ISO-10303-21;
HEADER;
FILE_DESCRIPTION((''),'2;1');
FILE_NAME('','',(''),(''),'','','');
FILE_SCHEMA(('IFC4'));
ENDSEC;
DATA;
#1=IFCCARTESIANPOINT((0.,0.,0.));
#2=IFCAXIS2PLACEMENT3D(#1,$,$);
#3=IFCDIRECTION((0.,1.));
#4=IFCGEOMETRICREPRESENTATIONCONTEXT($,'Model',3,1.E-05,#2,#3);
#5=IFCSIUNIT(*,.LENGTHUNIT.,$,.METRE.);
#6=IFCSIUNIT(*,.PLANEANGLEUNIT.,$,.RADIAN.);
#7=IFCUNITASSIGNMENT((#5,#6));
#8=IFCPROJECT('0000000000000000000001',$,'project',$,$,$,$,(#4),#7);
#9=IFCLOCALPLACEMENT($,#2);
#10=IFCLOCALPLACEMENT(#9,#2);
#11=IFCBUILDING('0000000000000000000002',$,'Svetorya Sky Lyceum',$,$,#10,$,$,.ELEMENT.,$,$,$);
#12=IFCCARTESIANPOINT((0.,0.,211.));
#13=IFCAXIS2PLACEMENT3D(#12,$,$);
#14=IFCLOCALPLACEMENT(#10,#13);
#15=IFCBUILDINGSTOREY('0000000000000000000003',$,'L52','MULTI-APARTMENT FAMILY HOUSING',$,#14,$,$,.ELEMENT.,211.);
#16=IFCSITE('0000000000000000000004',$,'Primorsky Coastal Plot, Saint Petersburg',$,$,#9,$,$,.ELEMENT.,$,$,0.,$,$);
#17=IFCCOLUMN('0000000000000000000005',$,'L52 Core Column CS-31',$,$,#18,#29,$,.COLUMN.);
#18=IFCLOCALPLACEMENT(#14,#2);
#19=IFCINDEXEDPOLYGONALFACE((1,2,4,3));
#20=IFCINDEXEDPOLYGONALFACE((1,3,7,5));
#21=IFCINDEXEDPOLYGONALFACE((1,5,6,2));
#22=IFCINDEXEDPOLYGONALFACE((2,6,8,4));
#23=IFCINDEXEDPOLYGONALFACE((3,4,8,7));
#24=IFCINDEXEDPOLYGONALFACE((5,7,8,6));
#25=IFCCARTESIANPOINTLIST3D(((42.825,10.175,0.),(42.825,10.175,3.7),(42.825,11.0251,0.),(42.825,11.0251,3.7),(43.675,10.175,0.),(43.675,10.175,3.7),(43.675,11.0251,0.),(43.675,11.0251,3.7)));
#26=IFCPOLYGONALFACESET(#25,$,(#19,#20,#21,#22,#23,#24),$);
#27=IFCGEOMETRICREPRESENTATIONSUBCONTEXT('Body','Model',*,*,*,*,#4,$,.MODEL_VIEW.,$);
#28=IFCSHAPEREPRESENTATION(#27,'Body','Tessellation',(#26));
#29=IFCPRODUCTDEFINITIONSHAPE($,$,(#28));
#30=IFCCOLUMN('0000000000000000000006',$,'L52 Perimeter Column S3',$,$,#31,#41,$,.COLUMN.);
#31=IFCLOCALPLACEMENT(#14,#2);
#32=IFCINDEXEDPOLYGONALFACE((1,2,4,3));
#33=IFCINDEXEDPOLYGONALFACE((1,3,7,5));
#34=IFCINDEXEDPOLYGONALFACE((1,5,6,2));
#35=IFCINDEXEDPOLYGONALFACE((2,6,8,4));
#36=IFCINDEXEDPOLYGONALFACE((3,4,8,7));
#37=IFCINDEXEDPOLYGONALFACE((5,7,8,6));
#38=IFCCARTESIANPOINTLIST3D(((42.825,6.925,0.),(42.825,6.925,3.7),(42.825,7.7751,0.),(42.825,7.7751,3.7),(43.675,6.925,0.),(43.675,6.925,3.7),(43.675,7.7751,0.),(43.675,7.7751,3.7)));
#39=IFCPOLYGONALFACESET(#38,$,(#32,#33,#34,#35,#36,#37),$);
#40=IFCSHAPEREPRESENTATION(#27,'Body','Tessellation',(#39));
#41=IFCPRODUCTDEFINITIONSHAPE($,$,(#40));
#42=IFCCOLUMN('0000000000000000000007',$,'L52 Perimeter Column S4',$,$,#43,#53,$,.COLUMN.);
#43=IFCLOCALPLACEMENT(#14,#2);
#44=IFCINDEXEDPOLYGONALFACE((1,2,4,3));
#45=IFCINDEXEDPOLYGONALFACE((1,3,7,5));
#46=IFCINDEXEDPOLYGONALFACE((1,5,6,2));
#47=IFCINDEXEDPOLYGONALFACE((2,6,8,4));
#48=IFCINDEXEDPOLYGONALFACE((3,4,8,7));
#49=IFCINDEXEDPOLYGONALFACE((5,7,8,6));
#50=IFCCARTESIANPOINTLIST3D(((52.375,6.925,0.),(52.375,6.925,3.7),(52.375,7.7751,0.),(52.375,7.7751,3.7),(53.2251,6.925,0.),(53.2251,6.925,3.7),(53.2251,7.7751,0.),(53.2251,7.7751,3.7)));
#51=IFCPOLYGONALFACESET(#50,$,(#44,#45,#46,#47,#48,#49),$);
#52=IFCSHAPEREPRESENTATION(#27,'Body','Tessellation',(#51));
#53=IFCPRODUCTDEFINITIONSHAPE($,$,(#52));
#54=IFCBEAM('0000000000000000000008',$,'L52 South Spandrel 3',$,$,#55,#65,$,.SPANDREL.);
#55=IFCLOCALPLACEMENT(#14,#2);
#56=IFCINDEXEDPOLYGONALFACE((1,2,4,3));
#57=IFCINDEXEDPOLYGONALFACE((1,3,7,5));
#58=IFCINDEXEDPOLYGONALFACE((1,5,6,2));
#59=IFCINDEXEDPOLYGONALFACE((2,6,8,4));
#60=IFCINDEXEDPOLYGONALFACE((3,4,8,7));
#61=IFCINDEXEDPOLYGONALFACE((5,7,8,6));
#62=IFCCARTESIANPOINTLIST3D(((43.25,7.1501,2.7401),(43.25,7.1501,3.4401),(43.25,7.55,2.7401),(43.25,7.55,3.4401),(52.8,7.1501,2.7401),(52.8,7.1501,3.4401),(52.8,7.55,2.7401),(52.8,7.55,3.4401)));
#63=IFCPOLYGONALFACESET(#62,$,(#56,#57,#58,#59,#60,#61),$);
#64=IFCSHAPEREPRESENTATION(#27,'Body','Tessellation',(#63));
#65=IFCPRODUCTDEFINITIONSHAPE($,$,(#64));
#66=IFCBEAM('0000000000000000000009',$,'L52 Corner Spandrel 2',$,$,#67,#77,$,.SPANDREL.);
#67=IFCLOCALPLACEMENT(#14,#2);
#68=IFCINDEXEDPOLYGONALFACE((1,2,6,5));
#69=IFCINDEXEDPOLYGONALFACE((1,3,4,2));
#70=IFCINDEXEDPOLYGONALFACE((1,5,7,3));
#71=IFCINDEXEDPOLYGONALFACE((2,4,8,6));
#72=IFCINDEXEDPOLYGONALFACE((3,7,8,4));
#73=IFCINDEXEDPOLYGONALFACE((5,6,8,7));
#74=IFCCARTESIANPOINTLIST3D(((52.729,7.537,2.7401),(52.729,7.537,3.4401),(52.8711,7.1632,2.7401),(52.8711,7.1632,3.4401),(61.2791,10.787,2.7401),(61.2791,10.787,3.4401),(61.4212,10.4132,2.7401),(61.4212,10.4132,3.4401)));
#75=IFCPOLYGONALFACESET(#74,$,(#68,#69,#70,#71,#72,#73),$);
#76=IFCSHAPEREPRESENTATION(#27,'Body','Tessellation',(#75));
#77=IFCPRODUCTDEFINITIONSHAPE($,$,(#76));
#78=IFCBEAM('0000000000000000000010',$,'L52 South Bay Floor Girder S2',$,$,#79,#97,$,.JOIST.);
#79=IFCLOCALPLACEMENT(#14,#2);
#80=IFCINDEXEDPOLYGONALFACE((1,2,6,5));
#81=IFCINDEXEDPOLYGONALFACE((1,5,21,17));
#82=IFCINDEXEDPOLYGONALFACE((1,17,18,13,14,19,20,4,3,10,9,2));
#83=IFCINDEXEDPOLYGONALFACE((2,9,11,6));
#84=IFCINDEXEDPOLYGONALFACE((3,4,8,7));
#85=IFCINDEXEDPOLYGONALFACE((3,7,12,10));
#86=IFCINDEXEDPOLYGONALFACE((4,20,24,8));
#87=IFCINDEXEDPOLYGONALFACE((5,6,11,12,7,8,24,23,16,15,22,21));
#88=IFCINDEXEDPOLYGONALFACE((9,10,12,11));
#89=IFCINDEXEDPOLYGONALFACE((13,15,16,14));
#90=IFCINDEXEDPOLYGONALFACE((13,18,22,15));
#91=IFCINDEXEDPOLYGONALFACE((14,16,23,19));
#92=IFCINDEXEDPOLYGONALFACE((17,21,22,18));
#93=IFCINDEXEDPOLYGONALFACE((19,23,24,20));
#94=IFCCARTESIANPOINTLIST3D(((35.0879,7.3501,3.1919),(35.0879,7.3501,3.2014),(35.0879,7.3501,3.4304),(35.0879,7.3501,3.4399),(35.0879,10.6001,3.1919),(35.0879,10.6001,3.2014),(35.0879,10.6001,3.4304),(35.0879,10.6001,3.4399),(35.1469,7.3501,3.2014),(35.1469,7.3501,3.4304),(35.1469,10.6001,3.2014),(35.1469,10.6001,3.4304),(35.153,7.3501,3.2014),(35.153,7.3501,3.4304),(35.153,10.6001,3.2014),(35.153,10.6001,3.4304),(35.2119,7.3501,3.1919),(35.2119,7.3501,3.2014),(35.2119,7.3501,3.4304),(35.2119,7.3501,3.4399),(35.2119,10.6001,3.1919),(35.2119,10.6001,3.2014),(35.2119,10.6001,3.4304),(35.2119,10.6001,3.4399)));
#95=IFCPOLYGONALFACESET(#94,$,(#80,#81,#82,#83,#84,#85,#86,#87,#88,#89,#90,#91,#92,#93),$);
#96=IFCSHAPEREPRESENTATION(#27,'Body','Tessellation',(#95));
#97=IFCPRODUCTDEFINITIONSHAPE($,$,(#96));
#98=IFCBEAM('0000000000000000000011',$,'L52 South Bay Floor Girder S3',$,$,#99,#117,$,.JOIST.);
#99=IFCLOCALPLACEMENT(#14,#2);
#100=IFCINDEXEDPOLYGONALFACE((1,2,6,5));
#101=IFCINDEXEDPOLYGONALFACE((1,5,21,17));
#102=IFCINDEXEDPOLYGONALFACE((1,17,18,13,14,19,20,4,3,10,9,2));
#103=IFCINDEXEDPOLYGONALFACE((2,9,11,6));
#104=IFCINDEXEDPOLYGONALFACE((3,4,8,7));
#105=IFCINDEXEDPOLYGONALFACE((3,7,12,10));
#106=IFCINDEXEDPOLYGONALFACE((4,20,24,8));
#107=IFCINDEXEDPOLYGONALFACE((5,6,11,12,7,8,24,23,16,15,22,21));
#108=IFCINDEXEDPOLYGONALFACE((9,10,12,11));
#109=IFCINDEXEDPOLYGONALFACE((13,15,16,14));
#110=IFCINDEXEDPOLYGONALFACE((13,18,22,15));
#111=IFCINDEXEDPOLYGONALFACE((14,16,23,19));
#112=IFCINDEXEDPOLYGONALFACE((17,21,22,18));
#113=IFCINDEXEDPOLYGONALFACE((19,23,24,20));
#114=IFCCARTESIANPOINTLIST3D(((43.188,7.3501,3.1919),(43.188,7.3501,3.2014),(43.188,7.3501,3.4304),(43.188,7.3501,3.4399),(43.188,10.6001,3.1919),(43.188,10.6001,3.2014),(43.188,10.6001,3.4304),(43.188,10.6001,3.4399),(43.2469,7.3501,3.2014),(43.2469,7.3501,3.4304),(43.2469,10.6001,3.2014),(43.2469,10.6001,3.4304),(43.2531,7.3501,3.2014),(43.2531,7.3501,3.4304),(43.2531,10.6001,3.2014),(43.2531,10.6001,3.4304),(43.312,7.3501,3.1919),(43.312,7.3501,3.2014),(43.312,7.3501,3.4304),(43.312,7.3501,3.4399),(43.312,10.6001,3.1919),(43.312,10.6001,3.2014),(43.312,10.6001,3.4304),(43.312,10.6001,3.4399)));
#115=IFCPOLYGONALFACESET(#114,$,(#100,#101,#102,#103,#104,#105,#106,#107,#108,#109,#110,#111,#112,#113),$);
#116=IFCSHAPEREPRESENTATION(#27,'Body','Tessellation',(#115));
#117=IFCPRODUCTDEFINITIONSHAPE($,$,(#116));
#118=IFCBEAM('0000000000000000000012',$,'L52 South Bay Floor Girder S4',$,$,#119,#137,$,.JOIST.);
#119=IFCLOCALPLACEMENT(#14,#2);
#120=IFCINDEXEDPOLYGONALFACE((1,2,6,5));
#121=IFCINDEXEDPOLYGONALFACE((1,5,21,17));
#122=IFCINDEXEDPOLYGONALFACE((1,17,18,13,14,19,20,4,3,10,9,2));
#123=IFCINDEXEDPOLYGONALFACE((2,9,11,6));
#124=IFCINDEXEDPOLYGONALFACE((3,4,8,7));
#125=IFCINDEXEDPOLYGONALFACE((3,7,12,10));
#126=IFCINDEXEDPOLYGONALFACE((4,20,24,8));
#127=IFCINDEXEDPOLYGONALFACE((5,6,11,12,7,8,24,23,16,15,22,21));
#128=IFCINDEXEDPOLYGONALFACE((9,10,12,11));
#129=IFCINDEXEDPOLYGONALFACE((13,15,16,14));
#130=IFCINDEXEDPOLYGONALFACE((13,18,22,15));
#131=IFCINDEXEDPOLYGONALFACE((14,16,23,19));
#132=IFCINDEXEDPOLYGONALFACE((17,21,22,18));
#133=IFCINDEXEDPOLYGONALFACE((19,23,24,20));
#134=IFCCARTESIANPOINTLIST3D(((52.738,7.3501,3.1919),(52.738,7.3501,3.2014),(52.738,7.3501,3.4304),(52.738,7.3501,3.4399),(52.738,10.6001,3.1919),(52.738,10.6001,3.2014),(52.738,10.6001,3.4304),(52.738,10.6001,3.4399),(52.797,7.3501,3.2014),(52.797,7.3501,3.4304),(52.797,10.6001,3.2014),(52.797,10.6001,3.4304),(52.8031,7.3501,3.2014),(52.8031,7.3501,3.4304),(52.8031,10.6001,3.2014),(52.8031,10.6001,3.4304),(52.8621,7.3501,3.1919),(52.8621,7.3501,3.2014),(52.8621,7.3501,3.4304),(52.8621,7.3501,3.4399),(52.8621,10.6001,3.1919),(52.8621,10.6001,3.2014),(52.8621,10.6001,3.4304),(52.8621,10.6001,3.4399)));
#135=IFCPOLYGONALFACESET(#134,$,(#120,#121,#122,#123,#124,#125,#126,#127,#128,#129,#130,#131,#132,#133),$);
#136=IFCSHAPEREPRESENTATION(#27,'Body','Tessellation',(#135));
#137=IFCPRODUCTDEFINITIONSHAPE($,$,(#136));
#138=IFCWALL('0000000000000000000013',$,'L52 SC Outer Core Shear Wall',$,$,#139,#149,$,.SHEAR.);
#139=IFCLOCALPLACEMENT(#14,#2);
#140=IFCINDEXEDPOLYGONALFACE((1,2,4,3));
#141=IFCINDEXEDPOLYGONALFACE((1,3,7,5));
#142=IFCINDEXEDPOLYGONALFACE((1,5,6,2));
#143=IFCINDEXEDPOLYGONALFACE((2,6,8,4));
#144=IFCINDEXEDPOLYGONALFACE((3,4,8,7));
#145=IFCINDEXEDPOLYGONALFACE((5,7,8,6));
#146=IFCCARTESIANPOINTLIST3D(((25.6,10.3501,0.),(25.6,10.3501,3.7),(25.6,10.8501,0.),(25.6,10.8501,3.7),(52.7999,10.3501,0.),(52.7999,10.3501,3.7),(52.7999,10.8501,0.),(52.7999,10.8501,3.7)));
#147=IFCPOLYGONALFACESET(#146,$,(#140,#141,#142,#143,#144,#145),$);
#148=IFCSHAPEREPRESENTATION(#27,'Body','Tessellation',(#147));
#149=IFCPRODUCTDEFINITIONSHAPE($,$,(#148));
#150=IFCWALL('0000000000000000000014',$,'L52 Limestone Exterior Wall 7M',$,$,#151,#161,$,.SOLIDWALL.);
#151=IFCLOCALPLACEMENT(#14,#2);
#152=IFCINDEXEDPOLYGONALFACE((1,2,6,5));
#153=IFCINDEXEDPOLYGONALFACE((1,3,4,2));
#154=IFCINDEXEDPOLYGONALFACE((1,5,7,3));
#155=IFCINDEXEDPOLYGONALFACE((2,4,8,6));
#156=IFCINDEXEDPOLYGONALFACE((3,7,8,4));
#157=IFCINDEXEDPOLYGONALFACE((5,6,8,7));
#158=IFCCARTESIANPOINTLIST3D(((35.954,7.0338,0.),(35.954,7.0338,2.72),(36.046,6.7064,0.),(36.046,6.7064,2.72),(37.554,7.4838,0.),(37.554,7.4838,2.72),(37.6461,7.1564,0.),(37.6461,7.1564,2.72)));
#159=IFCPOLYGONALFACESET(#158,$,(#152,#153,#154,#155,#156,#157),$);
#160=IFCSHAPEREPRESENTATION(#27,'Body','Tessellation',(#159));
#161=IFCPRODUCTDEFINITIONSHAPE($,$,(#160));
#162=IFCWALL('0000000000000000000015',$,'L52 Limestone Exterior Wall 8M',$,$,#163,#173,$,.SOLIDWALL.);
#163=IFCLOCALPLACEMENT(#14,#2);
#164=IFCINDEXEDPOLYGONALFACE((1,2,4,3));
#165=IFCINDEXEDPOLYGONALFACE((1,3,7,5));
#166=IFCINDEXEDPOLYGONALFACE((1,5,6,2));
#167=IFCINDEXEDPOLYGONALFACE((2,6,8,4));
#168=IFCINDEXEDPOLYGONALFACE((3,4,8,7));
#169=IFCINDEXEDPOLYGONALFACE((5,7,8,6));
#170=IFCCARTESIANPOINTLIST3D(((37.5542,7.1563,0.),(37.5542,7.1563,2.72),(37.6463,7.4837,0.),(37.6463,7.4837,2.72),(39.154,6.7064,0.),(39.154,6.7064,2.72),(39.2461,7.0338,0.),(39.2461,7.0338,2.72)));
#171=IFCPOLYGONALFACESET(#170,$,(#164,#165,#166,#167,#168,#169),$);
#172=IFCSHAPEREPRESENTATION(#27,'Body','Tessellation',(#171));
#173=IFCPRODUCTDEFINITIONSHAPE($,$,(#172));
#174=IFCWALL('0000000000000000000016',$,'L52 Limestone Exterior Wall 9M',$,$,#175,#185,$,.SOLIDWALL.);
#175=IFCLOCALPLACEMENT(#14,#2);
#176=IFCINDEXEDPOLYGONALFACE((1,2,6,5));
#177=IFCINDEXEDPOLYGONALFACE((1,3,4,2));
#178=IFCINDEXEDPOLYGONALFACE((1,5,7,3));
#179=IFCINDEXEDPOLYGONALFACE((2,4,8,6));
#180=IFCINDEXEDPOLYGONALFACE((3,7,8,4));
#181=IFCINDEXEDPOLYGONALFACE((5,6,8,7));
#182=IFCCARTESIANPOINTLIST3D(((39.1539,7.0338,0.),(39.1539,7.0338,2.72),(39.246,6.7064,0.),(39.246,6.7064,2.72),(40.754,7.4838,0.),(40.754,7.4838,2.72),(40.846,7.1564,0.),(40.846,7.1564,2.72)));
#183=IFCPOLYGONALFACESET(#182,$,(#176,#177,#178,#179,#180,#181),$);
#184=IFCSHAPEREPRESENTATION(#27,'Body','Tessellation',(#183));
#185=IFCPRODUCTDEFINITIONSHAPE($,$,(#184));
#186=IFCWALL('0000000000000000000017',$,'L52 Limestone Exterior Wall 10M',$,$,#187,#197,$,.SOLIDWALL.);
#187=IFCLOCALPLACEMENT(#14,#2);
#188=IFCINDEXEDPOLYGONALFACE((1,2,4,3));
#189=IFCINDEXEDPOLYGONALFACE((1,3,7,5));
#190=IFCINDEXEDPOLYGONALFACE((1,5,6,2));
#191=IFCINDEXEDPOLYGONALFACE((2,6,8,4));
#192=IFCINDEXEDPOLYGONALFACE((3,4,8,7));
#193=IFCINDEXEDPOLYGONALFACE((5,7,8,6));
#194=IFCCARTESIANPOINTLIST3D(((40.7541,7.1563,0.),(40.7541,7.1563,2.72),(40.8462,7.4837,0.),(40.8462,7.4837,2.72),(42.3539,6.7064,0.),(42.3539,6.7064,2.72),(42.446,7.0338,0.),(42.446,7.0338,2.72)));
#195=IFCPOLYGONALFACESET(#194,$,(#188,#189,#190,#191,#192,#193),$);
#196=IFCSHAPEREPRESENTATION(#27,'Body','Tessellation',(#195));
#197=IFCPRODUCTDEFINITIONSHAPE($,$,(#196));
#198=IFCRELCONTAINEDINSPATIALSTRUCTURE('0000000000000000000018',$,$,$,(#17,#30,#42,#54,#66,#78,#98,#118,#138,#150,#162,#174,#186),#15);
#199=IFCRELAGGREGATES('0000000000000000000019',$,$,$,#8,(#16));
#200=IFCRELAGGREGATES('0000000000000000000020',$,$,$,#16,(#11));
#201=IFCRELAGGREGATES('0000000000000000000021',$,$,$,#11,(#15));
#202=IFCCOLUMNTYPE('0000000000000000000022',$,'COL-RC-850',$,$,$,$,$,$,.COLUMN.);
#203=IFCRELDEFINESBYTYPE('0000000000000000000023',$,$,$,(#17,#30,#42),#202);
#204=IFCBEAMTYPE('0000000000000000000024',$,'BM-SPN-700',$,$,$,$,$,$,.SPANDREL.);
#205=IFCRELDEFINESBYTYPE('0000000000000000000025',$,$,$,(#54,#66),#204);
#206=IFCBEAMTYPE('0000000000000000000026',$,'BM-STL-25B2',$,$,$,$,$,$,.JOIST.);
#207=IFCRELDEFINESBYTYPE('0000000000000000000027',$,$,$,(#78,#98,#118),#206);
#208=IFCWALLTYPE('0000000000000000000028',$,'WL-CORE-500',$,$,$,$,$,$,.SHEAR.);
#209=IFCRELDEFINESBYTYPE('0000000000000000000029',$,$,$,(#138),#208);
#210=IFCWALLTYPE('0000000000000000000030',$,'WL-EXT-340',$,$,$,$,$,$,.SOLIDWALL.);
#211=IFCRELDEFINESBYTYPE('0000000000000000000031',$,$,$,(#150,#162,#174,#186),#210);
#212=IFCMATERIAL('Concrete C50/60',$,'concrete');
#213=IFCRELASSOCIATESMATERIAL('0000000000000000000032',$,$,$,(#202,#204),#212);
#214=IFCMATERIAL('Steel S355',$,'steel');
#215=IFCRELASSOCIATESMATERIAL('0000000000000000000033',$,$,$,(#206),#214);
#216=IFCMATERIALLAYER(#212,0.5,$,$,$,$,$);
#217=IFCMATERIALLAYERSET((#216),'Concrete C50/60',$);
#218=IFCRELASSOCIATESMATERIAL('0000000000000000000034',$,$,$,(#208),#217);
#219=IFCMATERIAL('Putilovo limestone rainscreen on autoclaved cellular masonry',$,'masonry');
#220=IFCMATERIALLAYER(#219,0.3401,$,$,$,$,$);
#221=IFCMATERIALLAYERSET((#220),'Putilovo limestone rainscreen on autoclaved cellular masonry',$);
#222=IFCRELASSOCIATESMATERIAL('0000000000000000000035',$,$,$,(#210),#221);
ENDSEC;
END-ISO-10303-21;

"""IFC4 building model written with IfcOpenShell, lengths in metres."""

from ifc_helpers import new_model, si_unit, direction, frame, frame_2d, origin, origin_2d, place, context, subcontext, project, spatial, rectangle, i_section, extrude, material, layer, layer_set, material_profile, profile_set, type_object, element, save


model = new_model("IFC4")

# Units and contexts
model_context = context("Model", 3, precision=1e-05, world=origin(), true_north=direction((0.0, 1.0)))
body_context = subcontext(model_context, "Body", "Model", "MODEL_VIEW")
ifc_project = project(units=[si_unit("LENGTHUNIT", "METRE"), si_unit("PLANEANGLEUNIT", "RADIAN")], contexts=[model_context])

# Site, building, storey
site_placement = place(None, origin())
site = spatial("IfcSite", under=ifc_project, at=site_placement, Name="Primorsky Coastal Plot, Saint Petersburg", CompositionType="ELEMENT", RefElevation=0.0)
building_placement = place(site_placement, origin())
building = spatial("IfcBuilding", under=site, at=building_placement, Name="Svetorya Sky Lyceum", CompositionType="ELEMENT")
storey_placement = place(building_placement, frame((0.0, 0.0, 211.0)))
storey = spatial("IfcBuildingStorey", under=building, at=storey_placement, Name="L52", Description="MULTI-APARTMENT FAMILY HOUSING", CompositionType="ELEMENT", Elevation=211.0)

# Columns
ifc_material_1 = material(Name="Concrete C50/60", Category="concrete")
ifc_material_profile_1 = material_profile(ifc_material_1, rectangle(XDim=0.8501, YDim=0.8501, at=origin_2d()), Name="RC COL 850x850")
ifc_profile_set_1 = profile_set([ifc_material_profile_1], Name="Concrete C50/60")
column_type = type_object("IfcColumnType", Name="COL-RC-850", PredefinedType="COLUMN", material=ifc_profile_set_1)
for number, where, z_axis, x_axis, name in (
    (1, (43.25, 10.6001, 0.0), (0.0, 0.0, 1.0), (1.0, 0.0, 0.0), "L52 Core Column CS-31"),
    (2, (43.25, 7.3501, 0.0), (0.0, 0.0, 1.0), (1.0, 0.0, 0.0), "L52 Perimeter Column S3"),
    (3, (52.8, 7.3501, 0.0), (0.0, 0.0, 1.0), (1.0, 0.0, 0.0), "L52 Perimeter Column S4"),
):
    element("IfcColumn", number, at=place(storey_placement, frame(where, z_axis=z_axis, x_axis=x_axis)), inside=storey, type_object=column_type, Name=name, PredefinedType="COLUMN", context=body_context, shape_type="SweptSolid", body=[
        extrude(rectangle(XDim=0.8501, YDim=0.8501, at=origin_2d()), origin(), (0.0, 0.0, 1.0), 3.7),
    ])

# Beams
ifc_material_profile_2 = material_profile(ifc_material_1, rectangle(XDim=0.3999, YDim=0.7, at=origin_2d()), Name="RC SPANDREL 400x700")
ifc_profile_set_2 = profile_set([ifc_material_profile_2], Name="Concrete C50/60")
beam_type_1 = type_object("IfcBeamType", Name="BM-SPN-700", PredefinedType="SPANDREL", material=ifc_profile_set_2)
beam_1_placement = place(storey_placement, frame((43.25, 7.3501, 3.0901), z_axis=(1.0, 0.0, 0.0), x_axis=(0.0, 1.0, 0.0)))
element("IfcBeam", 4, at=beam_1_placement, inside=storey, type_object=beam_type_1, Name="L52 South Spandrel 3", PredefinedType="SPANDREL", context=body_context, shape_type="SweptSolid", body=[
    extrude(rectangle(XDim=0.3999, YDim=0.7, at=origin_2d()), origin(), (0.0, 0.0, 1.0), 9.55),
])
beam_2_placement = place(storey_placement, frame((52.8, 7.3501, 3.0901), z_axis=(0.934748, 0.355312, 0.0), x_axis=(-0.355312, 0.934748, 0.0)))
element("IfcBeam", 5, at=beam_2_placement, inside=storey, type_object=beam_type_1, Name="L52 Corner Spandrel 2", PredefinedType="SPANDREL", context=body_context, shape_type="SweptSolid", body=[
    extrude(rectangle(XDim=0.3999, YDim=0.7, at=origin_2d()), origin(), (0.0, 0.0, 1.0), 9.147),
])
ifc_material_2 = material(Name="Steel S355", Category="steel")
ifc_material_profile_3 = material_profile(ifc_material_2, i_section(OverallWidth=0.124, OverallDepth=0.248, WebThickness=0.0061, FlangeThickness=0.0095, at=origin_2d()), Name="GOST 25B2")
ifc_profile_set_3 = profile_set([ifc_material_profile_3], Name="Steel S355")
beam_type_2 = type_object("IfcBeamType", Name="BM-STL-25B2", PredefinedType="JOIST", material=ifc_profile_set_3)
for number, where, z_axis, x_axis, name in (
    (6, (35.1499, 7.3501, 3.3159), (0.0, 1.0, 0.0), (-1.0, 0.0, 0.0), "L52 South Bay Floor Girder S2"),
    (7, (43.25, 7.3501, 3.3159), (0.0, 1.0, 0.0), (-1.0, 0.0, 0.0), "L52 South Bay Floor Girder S3"),
    (8, (52.8, 7.3501, 3.3159), (0.0, 1.0, 0.0), (-1.0, 0.0, 0.0), "L52 South Bay Floor Girder S4"),
):
    element("IfcBeam", number, at=place(storey_placement, frame(where, z_axis=z_axis, x_axis=x_axis)), inside=storey, type_object=beam_type_2, Name=name, PredefinedType="JOIST", context=body_context, shape_type="SweptSolid", body=[
        extrude(i_section(OverallWidth=0.124, OverallDepth=0.248, WebThickness=0.0061, FlangeThickness=0.0095, at=origin_2d()), origin(), (0.0, 0.0, 1.0), 3.25),
    ])

# Walls
ifc_layer_1 = layer(ifc_material_1, 0.5)
ifc_layer_set_1 = layer_set([ifc_layer_1], Name="Concrete C50/60")
wall_type_1 = type_object("IfcWallType", Name="WL-CORE-500", PredefinedType="SHEAR", material=ifc_layer_set_1)
wall_1_placement = place(storey_placement, frame((52.8, 10.6001, 0.0), z_axis=(0.0, 0.0, 1.0), x_axis=(-1.0, 0.0, 0.0)))
element("IfcWall", 9, at=wall_1_placement, inside=storey, type_object=wall_type_1, Name="L52 SC Outer Core Shear Wall", PredefinedType="SHEAR", context=body_context, shape_type="SweptSolid", body=[
    extrude(rectangle(XDim=27.2, YDim=0.5, at=frame_2d((13.6001, 0.0))), origin(), (0.0, 0.0, 1.0), 3.7),
])
ifc_material_3 = material(Name="Putilovo limestone rainscreen on autoclaved cellular masonry", Category="masonry")
ifc_layer_2 = layer(ifc_material_3, 0.3401)
ifc_layer_set_2 = layer_set([ifc_layer_2], Name="Putilovo limestone rainscreen on autoclaved cellular masonry")
wall_type_2 = type_object("IfcWallType", Name="WL-EXT-340", PredefinedType="SOLIDWALL", material=ifc_layer_set_2)
wall_2_placement = place(storey_placement, frame((36.0, 6.8701, 0.0), z_axis=(0.0, 0.0, 1.0), x_axis=(0.962663, 0.270703, 0.0)))
element("IfcWall", 10, at=wall_2_placement, inside=storey, type_object=wall_type_2, Name="L52 Limestone Exterior Wall 7M", PredefinedType="SOLIDWALL", context=body_context, shape_type="SweptSolid", body=[
    extrude(rectangle(XDim=1.6621, YDim=0.3401, at=frame_2d((0.8311, 0.0))), origin(), (0.0, 0.0, 1.0), 2.72),
])
wall_3_placement = place(storey_placement, frame((37.6001, 7.3201, 0.0), z_axis=(0.0, 0.0, 1.0), x_axis=(0.962652, -0.270741, 0.0)))
element("IfcWall", 11, at=wall_3_placement, inside=storey, type_object=wall_type_2, Name="L52 Limestone Exterior Wall 8M", PredefinedType="SOLIDWALL", context=body_context, shape_type="SweptSolid", body=[
    extrude(rectangle(XDim=1.6619, YDim=0.3401, at=frame_2d((0.8311, 0.0))), origin(), (0.0, 0.0, 1.0), 2.72),
])
wall_4_placement = place(storey_placement, frame((39.2, 6.8701, 0.0), z_axis=(0.0, 0.0, 1.0), x_axis=(0.962663, 0.270703, 0.0)))
element("IfcWall", 12, at=wall_4_placement, inside=storey, type_object=wall_type_2, Name="L52 Limestone Exterior Wall 9M", PredefinedType="SOLIDWALL", context=body_context, shape_type="SweptSolid", body=[
    extrude(rectangle(XDim=1.6621, YDim=0.3401, at=frame_2d((0.8311, 0.0))), origin(), (0.0, 0.0, 1.0), 2.72),
])
wall_5_placement = place(storey_placement, frame((40.8, 7.3201, 0.0), z_axis=(0.0, 0.0, 1.0), x_axis=(0.962652, -0.270741, 0.0)))
element("IfcWall", 13, at=wall_5_placement, inside=storey, type_object=wall_type_2, Name="L52 Limestone Exterior Wall 10M", PredefinedType="SOLIDWALL", context=body_context, shape_type="SweptSolid", body=[
    extrude(rectangle(XDim=1.6619, YDim=0.3401, at=frame_2d((0.8311, 0.0))), origin(), (0.0, 0.0, 1.0), 2.72),
])

save(model, "model.ifc")
